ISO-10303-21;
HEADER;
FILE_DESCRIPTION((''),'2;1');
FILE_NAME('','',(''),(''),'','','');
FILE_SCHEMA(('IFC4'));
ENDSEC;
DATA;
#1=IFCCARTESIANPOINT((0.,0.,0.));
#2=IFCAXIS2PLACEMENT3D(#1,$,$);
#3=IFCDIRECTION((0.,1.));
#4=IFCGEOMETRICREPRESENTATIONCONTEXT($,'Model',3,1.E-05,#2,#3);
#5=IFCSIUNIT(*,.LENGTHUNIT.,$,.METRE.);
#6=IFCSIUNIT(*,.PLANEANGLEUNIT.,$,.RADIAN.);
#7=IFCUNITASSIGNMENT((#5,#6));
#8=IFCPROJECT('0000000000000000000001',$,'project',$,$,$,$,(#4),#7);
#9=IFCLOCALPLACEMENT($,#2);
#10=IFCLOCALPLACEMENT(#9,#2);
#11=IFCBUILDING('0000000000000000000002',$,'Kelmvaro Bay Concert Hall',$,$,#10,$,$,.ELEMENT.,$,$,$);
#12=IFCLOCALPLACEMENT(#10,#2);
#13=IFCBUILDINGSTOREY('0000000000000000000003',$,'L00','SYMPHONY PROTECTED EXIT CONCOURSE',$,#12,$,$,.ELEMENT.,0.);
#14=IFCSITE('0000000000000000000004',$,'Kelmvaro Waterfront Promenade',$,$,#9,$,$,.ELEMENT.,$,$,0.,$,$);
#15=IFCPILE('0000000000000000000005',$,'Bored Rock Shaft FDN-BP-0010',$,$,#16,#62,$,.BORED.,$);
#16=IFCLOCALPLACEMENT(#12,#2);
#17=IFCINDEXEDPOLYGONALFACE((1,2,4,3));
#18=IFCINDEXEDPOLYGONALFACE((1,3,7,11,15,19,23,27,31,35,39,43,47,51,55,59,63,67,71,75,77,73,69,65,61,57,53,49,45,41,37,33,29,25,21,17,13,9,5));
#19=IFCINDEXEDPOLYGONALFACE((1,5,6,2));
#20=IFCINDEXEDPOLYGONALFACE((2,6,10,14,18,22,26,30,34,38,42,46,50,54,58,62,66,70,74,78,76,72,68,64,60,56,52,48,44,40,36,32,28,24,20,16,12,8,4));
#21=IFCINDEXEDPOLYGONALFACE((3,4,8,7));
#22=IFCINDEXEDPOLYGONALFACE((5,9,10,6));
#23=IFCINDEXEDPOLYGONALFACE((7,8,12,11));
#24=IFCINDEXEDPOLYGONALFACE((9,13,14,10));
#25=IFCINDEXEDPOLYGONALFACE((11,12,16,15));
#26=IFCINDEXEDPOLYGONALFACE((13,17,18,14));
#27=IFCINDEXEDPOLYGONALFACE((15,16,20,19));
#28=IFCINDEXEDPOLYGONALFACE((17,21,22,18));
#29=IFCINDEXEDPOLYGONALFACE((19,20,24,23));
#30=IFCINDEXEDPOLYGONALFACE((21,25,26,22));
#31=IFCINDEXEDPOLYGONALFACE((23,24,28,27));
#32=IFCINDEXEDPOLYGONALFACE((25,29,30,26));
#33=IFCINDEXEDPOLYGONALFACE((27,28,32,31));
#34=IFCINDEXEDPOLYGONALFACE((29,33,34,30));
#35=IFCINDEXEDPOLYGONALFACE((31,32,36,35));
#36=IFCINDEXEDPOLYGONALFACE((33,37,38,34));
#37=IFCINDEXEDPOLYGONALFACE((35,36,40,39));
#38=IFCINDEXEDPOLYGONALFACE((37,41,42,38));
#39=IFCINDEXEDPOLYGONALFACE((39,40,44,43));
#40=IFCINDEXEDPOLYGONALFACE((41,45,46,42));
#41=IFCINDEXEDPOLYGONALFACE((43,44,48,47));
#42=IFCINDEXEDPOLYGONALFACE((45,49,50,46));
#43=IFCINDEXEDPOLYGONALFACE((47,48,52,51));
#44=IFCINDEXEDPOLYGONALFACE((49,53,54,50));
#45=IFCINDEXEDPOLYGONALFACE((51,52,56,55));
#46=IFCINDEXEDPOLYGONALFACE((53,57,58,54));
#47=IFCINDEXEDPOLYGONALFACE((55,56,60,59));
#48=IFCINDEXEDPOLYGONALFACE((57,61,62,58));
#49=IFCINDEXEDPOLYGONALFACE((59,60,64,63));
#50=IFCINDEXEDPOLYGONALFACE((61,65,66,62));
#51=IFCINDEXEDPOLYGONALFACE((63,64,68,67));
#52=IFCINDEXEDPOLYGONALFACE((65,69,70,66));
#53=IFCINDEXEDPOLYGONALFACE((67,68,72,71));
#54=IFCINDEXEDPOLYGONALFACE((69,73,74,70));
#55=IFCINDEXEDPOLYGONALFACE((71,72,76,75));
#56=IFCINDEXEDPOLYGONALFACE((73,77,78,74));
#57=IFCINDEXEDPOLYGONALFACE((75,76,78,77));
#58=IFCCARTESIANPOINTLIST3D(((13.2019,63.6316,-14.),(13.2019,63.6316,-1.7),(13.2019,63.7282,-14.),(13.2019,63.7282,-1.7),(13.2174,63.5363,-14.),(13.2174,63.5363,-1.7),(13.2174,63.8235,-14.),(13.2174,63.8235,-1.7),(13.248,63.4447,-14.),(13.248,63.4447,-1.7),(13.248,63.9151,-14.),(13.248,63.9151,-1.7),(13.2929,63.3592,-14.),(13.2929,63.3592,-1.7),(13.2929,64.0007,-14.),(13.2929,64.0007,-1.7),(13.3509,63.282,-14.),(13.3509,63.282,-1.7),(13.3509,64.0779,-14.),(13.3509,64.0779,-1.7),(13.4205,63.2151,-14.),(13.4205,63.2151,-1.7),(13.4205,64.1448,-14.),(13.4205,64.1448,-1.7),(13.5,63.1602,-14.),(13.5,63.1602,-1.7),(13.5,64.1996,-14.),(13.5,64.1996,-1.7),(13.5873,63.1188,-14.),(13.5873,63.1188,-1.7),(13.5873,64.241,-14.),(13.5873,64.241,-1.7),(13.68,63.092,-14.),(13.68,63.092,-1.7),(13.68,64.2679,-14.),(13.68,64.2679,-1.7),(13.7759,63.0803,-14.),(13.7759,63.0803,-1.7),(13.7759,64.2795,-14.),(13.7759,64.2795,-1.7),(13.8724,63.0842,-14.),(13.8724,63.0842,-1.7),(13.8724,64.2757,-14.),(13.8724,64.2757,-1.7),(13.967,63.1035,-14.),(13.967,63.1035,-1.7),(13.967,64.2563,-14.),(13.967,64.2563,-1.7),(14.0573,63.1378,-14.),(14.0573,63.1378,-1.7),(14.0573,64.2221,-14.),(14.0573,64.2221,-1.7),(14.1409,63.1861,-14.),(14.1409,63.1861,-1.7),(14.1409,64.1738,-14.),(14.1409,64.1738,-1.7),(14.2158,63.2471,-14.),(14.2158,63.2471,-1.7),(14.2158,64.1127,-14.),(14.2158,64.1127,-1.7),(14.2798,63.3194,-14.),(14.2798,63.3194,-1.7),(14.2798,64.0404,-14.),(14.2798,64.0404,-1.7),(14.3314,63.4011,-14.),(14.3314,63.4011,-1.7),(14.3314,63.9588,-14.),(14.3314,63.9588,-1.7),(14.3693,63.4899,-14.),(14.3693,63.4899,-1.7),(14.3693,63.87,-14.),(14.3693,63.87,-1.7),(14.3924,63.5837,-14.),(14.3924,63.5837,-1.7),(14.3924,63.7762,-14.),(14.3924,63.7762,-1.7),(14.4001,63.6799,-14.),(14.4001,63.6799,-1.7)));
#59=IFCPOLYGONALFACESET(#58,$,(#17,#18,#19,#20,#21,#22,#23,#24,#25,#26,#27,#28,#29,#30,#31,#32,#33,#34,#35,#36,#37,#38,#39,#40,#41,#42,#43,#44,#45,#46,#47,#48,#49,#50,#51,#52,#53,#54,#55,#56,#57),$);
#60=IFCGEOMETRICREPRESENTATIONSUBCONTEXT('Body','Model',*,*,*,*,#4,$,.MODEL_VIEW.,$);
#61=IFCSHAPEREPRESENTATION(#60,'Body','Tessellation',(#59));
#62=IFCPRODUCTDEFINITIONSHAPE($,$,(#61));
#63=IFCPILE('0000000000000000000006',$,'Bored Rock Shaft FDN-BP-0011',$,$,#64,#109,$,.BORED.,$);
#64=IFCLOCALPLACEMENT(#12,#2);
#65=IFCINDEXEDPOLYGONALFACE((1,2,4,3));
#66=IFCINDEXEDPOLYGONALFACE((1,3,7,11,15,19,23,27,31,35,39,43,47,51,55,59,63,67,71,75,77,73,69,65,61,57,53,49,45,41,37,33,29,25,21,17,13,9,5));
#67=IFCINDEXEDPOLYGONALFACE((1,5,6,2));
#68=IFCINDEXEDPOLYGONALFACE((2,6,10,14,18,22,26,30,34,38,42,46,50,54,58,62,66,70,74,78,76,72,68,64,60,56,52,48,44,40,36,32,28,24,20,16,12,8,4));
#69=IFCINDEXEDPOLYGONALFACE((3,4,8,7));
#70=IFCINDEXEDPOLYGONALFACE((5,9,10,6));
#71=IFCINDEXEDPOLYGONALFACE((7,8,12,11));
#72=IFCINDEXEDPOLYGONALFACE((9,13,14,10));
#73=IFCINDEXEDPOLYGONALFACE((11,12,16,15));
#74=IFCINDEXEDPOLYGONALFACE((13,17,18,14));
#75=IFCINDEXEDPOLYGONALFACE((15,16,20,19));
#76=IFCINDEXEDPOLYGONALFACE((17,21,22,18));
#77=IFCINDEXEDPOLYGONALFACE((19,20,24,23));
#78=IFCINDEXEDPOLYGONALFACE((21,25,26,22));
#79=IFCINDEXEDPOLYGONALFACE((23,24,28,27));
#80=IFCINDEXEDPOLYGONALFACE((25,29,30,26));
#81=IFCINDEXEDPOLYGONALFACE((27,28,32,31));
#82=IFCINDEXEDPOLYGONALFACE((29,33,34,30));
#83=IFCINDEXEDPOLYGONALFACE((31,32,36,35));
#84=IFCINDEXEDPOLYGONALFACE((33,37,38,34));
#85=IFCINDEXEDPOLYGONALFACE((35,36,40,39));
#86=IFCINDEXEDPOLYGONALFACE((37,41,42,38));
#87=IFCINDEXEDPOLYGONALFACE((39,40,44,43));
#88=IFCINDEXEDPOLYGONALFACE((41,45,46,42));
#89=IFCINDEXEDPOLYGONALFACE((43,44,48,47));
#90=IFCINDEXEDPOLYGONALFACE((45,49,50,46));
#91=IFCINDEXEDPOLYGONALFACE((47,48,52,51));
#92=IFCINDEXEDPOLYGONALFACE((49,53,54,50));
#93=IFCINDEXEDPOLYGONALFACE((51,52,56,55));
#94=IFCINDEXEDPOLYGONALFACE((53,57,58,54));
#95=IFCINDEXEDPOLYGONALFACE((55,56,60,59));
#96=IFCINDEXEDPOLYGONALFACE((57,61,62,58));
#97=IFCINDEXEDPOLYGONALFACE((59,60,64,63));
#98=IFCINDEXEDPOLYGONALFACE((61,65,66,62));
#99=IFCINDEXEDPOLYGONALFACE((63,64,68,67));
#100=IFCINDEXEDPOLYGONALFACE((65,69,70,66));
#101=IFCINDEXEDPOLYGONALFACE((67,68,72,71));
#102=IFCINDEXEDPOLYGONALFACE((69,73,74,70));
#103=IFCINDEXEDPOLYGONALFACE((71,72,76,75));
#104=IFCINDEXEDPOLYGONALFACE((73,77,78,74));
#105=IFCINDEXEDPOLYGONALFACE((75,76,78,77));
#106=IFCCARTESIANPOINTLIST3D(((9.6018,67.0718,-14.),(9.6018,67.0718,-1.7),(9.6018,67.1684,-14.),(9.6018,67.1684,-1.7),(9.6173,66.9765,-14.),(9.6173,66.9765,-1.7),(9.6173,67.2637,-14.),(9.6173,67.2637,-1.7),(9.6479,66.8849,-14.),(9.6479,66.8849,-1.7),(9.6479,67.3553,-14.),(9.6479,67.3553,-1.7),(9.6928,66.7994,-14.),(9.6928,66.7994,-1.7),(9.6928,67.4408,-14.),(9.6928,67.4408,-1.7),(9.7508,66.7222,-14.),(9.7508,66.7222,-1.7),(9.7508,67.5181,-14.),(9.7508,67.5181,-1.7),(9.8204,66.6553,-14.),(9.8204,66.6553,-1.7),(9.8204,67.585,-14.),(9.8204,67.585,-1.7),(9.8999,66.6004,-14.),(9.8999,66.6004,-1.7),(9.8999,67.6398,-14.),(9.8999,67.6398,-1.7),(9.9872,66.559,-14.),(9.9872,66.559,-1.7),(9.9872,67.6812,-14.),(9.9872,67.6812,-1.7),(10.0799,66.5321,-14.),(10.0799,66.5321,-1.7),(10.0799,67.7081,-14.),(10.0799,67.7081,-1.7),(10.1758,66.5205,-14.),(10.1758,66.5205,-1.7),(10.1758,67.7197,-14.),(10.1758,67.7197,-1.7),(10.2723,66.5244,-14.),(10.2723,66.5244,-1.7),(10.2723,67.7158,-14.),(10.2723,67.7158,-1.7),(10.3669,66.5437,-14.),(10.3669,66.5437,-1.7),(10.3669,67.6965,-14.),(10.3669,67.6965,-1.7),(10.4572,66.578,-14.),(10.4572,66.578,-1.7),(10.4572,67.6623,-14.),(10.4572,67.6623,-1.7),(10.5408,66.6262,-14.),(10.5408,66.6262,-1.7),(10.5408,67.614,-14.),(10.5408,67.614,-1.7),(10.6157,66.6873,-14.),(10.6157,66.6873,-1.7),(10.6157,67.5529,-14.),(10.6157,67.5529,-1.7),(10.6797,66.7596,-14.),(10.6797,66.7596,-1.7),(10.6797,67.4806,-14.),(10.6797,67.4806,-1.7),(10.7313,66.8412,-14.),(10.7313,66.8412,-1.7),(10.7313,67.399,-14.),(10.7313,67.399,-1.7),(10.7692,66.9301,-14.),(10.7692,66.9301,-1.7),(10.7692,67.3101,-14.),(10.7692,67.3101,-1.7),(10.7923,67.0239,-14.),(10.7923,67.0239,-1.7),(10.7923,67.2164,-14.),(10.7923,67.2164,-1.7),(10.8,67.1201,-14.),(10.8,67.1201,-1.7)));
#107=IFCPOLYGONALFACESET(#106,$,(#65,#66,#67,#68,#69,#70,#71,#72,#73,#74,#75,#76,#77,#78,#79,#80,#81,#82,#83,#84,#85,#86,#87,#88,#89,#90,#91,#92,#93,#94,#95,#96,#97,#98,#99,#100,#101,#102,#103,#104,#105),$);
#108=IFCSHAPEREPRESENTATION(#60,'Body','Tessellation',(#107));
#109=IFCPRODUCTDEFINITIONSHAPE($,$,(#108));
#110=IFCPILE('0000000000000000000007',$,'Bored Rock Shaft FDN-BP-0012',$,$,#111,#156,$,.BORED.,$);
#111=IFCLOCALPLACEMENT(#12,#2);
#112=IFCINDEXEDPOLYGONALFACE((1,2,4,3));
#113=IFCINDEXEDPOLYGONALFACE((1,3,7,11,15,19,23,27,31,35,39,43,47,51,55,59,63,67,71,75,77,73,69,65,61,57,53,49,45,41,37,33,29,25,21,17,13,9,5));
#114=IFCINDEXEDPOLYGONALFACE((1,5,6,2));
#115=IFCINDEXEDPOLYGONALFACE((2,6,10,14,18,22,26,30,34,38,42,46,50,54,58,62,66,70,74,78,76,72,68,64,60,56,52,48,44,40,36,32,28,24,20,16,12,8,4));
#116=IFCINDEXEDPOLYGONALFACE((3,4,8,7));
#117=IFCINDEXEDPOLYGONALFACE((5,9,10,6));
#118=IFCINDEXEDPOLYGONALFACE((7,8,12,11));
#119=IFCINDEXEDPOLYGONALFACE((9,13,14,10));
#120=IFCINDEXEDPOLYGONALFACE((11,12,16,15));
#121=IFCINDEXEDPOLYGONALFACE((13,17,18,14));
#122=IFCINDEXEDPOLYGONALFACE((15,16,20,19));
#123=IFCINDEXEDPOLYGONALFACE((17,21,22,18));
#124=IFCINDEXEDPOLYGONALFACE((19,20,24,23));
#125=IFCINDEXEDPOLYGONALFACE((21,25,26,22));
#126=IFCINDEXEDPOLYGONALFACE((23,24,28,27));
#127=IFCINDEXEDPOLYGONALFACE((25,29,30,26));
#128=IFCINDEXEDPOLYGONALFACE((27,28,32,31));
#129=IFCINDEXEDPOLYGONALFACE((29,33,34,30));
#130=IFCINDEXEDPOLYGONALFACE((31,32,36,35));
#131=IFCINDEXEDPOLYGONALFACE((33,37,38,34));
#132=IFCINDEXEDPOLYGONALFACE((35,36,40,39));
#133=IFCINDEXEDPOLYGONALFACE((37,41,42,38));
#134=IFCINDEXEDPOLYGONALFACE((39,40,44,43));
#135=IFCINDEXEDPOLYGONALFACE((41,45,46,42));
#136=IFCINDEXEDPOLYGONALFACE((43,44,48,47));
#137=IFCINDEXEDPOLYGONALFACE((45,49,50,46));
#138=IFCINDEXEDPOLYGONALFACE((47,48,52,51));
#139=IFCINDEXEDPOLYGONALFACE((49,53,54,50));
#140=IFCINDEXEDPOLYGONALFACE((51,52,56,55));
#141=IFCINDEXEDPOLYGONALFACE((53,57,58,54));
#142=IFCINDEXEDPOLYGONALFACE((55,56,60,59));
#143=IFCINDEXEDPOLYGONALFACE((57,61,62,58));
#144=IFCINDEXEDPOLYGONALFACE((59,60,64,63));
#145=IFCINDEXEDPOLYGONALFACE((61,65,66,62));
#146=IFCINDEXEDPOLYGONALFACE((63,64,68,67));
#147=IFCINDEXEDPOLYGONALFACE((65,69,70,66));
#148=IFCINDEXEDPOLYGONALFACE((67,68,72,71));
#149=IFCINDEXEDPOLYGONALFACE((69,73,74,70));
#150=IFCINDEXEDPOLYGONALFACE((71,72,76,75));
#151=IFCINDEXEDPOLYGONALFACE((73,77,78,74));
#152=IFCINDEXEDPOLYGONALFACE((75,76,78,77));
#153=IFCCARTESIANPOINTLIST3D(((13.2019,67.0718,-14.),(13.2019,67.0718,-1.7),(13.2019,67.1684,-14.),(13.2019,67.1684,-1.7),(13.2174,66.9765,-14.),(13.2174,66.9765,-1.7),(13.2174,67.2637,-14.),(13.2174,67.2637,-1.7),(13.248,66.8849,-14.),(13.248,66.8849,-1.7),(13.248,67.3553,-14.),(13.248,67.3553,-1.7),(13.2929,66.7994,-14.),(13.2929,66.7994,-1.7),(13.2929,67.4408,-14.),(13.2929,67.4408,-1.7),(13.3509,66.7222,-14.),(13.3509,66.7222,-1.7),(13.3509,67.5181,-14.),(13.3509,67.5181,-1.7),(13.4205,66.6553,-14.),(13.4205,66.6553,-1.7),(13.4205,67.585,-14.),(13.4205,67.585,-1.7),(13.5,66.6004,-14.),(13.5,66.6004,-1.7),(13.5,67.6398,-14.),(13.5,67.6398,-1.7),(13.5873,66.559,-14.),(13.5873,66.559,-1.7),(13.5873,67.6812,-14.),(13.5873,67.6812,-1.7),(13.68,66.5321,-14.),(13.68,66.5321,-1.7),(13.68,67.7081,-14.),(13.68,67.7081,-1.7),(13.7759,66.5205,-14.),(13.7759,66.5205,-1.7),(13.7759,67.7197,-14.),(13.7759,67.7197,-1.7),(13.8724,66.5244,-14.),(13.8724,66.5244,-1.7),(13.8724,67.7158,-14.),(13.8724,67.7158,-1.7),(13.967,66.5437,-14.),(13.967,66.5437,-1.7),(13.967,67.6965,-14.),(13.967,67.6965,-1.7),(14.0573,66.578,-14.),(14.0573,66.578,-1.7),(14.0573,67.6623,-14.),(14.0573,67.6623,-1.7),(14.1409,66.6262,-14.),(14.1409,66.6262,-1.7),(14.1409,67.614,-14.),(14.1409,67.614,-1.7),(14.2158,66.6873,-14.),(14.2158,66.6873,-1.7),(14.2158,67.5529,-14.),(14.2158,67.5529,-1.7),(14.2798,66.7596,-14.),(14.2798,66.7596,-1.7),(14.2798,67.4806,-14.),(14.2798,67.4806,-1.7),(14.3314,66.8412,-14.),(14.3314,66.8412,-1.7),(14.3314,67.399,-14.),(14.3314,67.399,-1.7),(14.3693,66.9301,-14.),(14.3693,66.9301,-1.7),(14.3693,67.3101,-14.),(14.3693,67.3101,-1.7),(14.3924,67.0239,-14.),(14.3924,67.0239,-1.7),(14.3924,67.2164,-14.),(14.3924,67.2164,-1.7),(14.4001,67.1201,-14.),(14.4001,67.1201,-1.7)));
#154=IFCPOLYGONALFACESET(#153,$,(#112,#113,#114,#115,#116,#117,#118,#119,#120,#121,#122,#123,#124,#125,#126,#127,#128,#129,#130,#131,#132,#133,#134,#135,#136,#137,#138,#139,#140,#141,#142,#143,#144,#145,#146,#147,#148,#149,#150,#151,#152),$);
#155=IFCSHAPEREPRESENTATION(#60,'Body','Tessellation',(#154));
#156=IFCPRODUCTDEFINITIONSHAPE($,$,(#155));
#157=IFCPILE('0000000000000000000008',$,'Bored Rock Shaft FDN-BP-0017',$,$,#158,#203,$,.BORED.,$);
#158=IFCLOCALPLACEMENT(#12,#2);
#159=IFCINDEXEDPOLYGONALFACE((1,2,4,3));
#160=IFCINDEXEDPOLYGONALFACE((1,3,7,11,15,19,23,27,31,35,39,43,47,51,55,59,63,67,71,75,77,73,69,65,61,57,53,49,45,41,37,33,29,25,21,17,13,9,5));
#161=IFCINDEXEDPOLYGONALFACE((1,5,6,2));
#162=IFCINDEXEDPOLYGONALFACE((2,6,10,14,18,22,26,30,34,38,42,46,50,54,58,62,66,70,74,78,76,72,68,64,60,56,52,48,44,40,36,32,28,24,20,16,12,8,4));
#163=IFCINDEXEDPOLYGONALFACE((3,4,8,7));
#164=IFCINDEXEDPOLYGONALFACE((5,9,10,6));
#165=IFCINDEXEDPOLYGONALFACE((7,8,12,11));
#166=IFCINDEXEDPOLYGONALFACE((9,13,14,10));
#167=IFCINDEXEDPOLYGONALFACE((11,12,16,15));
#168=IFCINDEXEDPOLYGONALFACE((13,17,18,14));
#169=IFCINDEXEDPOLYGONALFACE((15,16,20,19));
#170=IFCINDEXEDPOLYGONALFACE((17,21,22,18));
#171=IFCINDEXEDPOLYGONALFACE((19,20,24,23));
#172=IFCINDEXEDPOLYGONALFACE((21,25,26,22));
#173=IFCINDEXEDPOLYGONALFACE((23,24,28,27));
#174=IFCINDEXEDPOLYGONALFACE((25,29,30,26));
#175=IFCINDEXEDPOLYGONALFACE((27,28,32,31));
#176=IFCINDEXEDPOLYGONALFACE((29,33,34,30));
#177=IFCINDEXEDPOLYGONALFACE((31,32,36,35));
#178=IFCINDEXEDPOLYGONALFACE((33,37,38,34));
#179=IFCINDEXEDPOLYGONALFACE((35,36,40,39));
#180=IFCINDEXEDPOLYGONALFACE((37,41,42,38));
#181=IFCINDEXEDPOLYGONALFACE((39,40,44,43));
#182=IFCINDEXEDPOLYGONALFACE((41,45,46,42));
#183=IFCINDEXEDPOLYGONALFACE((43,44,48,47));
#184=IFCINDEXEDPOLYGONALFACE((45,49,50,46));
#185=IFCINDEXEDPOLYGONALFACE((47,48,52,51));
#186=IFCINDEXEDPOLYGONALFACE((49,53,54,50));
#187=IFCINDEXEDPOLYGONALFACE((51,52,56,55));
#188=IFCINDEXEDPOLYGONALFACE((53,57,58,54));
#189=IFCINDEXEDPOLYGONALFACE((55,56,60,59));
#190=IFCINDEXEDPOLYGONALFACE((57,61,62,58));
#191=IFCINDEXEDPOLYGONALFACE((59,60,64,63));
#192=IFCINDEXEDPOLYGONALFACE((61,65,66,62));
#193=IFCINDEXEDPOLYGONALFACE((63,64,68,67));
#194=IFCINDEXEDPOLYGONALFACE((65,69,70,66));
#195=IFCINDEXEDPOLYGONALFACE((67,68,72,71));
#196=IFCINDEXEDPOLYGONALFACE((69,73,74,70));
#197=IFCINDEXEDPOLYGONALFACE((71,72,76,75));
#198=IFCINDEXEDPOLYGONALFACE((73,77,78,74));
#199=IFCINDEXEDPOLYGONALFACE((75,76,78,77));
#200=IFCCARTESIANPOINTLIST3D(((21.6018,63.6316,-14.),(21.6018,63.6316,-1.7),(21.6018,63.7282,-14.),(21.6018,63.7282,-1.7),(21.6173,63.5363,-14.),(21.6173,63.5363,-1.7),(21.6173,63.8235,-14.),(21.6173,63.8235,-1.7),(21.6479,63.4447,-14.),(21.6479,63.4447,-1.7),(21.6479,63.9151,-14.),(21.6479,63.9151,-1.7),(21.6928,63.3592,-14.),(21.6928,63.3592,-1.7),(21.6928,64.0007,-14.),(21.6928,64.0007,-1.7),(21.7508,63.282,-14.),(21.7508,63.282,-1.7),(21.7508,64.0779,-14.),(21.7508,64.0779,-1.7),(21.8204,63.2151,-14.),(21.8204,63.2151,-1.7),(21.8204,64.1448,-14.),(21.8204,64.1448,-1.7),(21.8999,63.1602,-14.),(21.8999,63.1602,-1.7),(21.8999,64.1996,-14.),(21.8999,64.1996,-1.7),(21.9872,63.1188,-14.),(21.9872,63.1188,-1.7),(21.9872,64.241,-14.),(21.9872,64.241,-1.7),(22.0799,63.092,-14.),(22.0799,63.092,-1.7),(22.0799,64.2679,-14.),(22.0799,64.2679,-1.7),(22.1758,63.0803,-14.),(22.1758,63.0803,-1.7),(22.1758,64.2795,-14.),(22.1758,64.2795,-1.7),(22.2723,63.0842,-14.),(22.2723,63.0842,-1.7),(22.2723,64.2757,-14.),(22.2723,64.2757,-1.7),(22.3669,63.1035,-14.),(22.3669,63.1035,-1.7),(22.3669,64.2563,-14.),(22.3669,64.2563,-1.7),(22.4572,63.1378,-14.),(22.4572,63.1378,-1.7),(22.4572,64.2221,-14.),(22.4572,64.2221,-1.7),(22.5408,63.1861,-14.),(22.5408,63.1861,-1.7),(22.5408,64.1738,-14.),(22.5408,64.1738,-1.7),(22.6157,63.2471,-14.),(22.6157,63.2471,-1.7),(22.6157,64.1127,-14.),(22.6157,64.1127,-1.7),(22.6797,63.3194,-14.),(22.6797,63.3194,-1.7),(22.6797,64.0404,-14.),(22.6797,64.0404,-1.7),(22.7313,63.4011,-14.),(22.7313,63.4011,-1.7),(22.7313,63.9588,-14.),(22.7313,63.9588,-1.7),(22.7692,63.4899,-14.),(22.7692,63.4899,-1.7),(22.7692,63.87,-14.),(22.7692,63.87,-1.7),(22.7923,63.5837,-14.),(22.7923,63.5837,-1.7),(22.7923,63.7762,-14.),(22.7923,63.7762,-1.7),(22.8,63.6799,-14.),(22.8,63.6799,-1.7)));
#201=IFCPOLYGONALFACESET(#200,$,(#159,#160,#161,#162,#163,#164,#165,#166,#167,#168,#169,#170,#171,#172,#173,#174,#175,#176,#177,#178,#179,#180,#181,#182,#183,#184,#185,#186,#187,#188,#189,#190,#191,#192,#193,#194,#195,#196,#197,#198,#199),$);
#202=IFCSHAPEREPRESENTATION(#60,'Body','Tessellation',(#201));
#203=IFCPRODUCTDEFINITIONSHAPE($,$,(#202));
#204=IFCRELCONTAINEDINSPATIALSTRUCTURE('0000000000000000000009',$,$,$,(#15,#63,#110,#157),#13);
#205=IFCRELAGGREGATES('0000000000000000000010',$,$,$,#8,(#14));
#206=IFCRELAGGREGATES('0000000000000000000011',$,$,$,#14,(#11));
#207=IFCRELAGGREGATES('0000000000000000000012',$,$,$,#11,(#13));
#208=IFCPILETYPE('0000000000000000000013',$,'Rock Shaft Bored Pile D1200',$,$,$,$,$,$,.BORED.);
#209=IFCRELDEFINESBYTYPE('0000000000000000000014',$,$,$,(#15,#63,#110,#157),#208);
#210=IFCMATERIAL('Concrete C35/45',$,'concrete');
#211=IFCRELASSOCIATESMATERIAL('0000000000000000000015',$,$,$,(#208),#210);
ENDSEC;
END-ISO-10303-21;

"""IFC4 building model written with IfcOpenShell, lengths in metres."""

from ifc_helpers import new_model, si_unit, direction, frame, origin, origin_2d, place, context, subcontext, project, spatial, circle, extrude, material, material_profile, profile_set, type_object, element, save


model = new_model("IFC4")

# Units and contexts
model_context = context("Model", 3, precision=1e-05, world=origin(), true_north=direction((0.0, 1.0)))
body_context = subcontext(model_context, "Body", "Model", "MODEL_VIEW")
ifc_project = project(units=[si_unit("LENGTHUNIT", "METRE"), si_unit("PLANEANGLEUNIT", "RADIAN")], contexts=[model_context])

# Site, building, storey
site_placement = place(None, origin())
site = spatial("IfcSite", under=ifc_project, at=site_placement, Name="Kelmvaro Waterfront Promenade", CompositionType="ELEMENT", RefElevation=0.0)
building_placement = place(site_placement, origin())
building = spatial("IfcBuilding", under=site, at=building_placement, Name="Kelmvaro Bay Concert Hall", CompositionType="ELEMENT")
storey_placement = place(building_placement, origin())
storey = spatial("IfcBuildingStorey", under=building, at=storey_placement, Name="L00", Description="SYMPHONY PROTECTED EXIT CONCOURSE", CompositionType="ELEMENT", Elevation=0.0)

# Piles
ifc_material_1 = material(Name="Concrete C35/45", Category="concrete")
ifc_material_profile_1 = material_profile(ifc_material_1, circle(Radius=0.6001, at=origin_2d()), Name="PILE-BORED-1200")
ifc_profile_set_1 = profile_set([ifc_material_profile_1], Name="Concrete C35/45")
pile_type_1 = type_object("IfcPileType", Name="Rock Shaft Bored Pile D1200", PredefinedType="BORED", material=ifc_profile_set_1)
for number, where, z_axis, x_axis, name in (
    (1, (13.8, 63.6799, -1.7), (0.0, 0.0, -1.0), (1.0, 0.0, 0.0), "Bored Rock Shaft FDN-BP-0010"),
    (2, (10.2, 67.1201, -1.7), (0.0, 0.0, -1.0), (1.0, 0.0, 0.0), "Bored Rock Shaft FDN-BP-0011"),
    (3, (13.8, 67.1201, -1.7), (0.0, 0.0, -1.0), (1.0, 0.0, 0.0), "Bored Rock Shaft FDN-BP-0012"),
    (4, (22.2, 63.6799, -1.7), (0.0, 0.0, -1.0), (1.0, 0.0, 0.0), "Bored Rock Shaft FDN-BP-0017"),
):
    element("IfcPile", number, at=place(storey_placement, frame(where, z_axis=z_axis, x_axis=x_axis)), inside=storey, type_object=pile_type_1, Name=name, PredefinedType="BORED", context=body_context, shape_type="SweptSolid", body=[
        extrude(circle(Radius=0.6001, at=origin_2d()), origin(), (0.0, 0.0, 1.0), 12.3),
    ])

save(model, "model.ifc")
